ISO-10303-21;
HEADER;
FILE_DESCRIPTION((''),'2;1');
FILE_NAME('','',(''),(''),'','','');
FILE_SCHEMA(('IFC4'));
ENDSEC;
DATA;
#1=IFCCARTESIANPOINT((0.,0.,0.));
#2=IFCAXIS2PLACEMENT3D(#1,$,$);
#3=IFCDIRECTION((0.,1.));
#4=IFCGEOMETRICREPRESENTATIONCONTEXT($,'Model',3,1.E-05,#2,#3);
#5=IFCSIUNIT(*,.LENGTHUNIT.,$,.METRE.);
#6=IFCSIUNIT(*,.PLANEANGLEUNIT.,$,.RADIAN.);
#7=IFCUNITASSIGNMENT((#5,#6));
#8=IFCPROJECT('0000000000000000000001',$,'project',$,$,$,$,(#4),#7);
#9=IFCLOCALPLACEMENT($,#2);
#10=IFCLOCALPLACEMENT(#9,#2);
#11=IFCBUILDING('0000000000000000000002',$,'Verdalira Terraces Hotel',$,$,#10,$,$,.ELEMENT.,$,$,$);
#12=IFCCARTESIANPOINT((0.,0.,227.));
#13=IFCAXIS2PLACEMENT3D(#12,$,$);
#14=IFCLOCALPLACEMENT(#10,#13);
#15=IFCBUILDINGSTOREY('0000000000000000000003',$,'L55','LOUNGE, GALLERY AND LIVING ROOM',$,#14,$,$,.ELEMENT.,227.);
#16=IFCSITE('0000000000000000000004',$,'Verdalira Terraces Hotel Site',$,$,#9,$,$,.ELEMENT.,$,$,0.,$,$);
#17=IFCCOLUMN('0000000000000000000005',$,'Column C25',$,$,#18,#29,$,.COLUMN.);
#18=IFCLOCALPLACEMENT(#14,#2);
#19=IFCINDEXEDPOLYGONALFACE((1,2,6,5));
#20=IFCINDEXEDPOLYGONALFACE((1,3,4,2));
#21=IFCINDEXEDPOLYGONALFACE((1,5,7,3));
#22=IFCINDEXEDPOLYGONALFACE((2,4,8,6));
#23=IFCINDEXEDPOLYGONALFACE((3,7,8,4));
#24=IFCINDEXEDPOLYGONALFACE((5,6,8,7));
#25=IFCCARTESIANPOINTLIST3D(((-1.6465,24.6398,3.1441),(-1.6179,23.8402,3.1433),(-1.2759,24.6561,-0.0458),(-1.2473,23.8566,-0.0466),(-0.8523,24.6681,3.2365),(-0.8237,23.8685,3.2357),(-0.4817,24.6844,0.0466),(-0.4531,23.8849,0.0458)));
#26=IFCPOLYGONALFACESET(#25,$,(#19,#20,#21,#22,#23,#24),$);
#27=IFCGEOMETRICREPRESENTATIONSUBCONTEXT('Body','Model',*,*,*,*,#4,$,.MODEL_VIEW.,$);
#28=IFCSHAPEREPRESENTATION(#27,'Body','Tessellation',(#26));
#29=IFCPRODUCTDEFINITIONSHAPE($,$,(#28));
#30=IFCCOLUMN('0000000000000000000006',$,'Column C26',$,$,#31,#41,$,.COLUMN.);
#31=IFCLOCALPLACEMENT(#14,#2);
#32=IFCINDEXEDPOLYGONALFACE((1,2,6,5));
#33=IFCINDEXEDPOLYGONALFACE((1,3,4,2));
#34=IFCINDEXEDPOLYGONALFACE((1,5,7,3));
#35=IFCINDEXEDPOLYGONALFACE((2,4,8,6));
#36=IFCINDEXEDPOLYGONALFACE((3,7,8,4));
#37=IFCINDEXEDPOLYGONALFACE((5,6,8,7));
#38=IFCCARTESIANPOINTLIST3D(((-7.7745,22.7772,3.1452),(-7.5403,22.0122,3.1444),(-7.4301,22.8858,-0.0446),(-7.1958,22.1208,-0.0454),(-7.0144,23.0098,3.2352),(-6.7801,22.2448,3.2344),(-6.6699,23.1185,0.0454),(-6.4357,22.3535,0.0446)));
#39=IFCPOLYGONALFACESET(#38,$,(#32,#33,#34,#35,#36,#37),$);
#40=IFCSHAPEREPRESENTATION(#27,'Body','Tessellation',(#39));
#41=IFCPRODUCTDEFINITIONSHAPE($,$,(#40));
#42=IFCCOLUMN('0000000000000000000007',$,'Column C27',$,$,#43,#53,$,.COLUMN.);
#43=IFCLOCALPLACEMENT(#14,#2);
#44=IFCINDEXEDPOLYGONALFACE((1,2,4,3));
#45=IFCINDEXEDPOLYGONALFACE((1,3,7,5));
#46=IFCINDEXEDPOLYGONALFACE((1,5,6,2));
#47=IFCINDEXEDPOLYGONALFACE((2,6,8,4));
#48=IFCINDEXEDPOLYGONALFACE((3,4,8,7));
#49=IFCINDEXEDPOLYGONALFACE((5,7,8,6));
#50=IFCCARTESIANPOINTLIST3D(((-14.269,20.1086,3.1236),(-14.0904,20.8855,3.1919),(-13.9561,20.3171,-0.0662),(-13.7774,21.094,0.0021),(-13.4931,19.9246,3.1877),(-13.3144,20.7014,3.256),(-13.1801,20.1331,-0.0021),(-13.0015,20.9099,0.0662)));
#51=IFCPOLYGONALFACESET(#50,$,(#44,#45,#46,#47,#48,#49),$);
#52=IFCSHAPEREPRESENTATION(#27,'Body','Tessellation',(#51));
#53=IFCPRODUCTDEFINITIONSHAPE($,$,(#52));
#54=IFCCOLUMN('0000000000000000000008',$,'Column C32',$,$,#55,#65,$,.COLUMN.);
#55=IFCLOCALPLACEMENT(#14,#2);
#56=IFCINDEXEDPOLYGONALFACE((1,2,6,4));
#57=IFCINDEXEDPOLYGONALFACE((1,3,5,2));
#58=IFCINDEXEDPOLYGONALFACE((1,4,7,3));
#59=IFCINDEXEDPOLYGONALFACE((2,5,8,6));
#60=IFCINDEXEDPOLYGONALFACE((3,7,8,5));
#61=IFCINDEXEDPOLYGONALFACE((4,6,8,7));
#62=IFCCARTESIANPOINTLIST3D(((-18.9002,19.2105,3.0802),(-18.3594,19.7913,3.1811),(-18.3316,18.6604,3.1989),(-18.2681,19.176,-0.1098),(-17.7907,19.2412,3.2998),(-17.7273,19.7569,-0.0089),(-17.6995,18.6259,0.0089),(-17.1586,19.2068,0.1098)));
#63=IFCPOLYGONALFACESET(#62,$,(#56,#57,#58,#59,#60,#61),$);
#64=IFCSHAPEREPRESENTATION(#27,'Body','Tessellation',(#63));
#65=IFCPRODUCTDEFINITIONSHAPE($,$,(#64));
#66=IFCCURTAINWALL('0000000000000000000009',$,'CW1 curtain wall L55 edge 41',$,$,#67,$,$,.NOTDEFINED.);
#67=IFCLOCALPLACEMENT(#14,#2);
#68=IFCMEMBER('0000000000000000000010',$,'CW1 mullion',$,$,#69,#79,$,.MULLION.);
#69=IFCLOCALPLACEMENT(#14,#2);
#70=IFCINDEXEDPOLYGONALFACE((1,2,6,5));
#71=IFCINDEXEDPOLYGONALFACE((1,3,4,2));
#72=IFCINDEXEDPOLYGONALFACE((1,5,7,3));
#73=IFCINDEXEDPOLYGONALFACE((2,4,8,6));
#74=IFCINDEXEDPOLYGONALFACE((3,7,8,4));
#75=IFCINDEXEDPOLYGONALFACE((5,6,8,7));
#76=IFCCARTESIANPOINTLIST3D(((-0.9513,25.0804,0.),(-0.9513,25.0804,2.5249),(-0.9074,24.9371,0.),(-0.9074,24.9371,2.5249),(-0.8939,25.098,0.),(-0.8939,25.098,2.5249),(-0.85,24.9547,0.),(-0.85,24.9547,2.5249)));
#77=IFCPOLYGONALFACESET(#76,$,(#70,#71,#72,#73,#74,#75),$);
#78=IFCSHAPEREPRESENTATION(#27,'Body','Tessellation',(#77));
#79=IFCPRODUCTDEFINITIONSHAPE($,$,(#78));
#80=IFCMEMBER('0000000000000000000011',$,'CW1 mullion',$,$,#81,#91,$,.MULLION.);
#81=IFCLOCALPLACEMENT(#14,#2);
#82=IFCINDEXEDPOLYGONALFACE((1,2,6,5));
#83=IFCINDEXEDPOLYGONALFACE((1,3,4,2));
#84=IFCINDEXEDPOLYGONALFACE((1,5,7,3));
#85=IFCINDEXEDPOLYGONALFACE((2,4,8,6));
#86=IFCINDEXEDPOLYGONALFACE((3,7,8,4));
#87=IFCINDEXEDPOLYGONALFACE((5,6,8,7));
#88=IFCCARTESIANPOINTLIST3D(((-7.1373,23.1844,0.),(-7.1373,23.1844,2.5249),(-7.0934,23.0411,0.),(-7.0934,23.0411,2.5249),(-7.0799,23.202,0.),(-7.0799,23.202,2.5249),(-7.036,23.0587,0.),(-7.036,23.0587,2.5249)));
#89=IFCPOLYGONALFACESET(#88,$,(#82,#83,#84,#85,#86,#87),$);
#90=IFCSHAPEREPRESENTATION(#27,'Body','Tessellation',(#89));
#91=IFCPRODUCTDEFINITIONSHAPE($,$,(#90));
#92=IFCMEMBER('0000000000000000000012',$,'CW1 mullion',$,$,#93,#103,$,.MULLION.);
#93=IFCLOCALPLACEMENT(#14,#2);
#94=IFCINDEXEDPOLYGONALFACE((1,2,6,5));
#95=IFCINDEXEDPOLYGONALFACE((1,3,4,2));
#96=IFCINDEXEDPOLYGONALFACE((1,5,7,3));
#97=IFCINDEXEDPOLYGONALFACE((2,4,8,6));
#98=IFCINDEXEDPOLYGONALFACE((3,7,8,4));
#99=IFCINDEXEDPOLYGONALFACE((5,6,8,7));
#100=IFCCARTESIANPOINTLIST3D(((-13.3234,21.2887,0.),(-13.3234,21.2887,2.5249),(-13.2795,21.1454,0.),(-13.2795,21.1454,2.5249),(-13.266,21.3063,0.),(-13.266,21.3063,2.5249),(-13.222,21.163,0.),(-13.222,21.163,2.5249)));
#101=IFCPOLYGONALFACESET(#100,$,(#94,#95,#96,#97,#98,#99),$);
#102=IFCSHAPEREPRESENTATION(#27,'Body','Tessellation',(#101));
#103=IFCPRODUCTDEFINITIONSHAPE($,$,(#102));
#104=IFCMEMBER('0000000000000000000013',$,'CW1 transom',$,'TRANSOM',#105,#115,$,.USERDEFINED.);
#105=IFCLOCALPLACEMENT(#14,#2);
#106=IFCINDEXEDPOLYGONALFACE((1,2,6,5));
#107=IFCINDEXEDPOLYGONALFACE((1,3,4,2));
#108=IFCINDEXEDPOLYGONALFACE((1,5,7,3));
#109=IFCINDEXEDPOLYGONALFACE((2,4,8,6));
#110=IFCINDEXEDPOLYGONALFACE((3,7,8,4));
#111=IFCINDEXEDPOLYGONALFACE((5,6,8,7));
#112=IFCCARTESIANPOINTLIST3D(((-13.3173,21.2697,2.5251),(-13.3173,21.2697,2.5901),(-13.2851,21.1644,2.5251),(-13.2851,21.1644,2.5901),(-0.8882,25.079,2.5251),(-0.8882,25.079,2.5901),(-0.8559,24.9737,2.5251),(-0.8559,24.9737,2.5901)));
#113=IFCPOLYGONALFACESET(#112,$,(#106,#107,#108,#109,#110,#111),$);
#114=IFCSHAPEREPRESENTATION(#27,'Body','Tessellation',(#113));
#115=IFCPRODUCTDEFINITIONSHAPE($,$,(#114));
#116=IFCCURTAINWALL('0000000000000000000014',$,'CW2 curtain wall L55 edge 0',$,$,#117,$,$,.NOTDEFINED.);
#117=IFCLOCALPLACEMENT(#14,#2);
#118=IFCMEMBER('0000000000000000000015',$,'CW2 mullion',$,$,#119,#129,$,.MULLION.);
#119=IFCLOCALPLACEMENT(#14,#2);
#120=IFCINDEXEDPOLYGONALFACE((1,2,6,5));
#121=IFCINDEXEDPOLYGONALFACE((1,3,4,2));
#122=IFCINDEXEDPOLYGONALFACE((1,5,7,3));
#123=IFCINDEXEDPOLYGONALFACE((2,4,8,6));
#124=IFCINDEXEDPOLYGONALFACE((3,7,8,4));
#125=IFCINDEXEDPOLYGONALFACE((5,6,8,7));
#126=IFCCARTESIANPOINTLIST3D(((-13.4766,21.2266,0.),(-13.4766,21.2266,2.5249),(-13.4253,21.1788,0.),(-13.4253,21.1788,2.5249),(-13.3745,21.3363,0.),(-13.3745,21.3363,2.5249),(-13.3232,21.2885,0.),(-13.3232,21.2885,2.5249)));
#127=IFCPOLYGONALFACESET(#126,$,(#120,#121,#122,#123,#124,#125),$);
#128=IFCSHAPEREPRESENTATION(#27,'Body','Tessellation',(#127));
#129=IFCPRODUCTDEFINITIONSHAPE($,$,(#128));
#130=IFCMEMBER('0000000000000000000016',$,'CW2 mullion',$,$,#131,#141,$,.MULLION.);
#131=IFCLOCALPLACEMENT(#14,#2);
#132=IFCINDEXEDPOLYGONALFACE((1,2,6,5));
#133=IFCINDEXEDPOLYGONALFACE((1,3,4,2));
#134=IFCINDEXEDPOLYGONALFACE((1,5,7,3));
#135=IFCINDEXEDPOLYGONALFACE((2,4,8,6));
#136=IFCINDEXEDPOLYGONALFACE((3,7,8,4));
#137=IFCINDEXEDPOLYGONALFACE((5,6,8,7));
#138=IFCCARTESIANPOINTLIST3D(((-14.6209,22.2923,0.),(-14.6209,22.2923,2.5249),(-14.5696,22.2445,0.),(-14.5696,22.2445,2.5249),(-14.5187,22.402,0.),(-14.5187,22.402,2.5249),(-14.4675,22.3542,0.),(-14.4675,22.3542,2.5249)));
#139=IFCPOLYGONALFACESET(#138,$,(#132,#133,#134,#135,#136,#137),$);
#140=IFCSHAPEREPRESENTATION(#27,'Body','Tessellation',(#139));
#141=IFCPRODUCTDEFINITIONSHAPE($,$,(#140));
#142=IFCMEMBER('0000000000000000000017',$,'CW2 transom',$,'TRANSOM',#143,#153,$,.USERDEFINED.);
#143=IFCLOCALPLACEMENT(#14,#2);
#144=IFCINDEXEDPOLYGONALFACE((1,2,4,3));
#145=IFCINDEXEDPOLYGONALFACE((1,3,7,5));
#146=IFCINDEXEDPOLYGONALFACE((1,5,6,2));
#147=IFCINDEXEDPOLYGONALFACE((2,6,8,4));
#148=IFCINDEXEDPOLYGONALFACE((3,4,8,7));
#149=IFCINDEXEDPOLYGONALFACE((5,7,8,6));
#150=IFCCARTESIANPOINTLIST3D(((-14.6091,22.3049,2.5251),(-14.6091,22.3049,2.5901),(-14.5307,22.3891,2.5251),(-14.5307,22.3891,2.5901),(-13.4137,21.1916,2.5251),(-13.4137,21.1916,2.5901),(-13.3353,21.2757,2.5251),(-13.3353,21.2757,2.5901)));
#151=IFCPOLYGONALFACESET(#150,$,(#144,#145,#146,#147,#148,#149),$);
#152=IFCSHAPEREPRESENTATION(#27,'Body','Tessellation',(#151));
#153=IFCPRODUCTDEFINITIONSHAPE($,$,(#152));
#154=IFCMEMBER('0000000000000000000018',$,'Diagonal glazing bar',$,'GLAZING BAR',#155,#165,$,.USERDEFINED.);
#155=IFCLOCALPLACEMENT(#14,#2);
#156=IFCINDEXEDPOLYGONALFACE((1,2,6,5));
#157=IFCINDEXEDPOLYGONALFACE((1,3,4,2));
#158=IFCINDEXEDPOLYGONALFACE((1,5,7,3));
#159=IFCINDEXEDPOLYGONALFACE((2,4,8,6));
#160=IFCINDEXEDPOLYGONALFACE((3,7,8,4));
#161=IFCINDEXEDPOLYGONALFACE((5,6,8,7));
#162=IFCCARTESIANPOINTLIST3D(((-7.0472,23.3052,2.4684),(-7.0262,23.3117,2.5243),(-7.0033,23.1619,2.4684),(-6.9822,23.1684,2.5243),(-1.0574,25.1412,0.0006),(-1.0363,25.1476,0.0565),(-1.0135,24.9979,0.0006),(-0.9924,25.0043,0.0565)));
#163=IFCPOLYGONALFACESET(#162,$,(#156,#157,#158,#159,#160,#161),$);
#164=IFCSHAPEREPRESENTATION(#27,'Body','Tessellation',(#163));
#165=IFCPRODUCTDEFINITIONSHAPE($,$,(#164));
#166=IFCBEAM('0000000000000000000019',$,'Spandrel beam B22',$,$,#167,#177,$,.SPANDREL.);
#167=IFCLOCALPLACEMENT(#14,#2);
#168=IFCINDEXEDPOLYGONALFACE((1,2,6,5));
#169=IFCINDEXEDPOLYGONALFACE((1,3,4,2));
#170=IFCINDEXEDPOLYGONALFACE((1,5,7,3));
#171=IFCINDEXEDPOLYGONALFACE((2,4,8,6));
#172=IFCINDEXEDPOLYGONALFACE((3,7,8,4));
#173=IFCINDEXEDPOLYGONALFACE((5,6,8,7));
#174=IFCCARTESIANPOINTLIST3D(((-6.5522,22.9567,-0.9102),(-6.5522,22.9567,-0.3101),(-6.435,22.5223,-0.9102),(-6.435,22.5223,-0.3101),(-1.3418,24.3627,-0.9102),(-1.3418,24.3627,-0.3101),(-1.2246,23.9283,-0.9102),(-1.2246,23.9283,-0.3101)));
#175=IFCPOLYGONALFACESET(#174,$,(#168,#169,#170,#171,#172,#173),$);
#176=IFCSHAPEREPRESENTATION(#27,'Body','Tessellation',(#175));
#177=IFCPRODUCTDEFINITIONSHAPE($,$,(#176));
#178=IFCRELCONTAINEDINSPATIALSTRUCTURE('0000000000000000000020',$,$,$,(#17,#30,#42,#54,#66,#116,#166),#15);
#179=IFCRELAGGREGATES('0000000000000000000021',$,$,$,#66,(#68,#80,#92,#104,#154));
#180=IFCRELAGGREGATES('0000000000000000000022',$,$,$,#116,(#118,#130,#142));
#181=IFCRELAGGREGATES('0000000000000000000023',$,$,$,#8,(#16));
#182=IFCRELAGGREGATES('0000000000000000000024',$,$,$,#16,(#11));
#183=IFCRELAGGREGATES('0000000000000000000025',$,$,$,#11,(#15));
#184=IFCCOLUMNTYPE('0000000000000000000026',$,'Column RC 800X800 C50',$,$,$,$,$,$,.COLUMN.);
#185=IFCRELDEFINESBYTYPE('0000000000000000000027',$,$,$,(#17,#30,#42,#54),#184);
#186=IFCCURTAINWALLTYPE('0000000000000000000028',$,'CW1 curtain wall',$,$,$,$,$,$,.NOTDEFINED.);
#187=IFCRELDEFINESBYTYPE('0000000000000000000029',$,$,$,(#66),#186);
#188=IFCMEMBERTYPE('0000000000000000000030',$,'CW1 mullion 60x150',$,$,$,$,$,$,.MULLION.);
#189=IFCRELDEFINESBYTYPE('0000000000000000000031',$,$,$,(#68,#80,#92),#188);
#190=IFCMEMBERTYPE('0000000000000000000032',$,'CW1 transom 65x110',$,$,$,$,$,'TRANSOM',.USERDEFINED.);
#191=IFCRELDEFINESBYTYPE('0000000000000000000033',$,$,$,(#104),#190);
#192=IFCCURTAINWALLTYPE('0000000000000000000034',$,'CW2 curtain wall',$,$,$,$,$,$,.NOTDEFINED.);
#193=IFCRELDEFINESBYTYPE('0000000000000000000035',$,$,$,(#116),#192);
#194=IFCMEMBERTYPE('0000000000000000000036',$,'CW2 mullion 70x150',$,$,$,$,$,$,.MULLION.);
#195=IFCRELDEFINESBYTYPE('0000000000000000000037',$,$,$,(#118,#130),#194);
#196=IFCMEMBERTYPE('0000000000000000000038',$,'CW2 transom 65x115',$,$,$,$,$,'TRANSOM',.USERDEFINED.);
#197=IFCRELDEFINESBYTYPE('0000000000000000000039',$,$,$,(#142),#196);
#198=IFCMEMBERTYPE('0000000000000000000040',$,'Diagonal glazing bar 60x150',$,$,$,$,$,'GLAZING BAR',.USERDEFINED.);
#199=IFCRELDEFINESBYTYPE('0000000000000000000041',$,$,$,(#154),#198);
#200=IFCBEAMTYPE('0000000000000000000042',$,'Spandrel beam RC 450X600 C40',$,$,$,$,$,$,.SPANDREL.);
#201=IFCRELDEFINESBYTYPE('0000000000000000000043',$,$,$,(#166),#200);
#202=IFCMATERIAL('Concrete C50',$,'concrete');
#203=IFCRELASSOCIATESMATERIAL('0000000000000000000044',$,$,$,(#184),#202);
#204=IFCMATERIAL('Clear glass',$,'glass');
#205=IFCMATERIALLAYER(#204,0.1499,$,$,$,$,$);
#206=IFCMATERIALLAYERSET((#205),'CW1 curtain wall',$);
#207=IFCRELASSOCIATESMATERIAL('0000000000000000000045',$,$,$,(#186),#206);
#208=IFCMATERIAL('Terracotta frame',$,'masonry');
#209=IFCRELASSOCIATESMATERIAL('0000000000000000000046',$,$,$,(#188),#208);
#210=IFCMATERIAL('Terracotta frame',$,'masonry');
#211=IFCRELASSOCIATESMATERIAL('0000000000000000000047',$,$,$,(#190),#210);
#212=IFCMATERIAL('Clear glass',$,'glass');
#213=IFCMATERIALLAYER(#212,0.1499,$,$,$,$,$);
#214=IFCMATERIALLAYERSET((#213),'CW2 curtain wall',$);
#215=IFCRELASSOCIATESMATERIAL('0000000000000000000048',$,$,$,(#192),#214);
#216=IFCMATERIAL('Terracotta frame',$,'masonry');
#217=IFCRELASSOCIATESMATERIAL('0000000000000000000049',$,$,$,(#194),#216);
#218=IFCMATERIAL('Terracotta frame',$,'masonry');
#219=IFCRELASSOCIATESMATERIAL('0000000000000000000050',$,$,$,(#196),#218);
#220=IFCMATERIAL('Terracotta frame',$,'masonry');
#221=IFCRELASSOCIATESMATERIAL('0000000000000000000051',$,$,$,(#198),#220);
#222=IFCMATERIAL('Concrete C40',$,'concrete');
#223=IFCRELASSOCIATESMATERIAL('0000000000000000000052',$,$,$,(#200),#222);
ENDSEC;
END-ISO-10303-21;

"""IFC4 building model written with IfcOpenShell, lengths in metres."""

from ifc_helpers import new_model, si_unit, direction, frame, origin, origin_2d, place, context, subcontext, project, spatial, rectangle, extrude, material, layer, layer_set, material_profile, profile_set, type_object, element, aggregate, save


model = new_model("IFC4")

# Units and contexts
model_context = context("Model", 3, precision=1e-05, world=origin(), true_north=direction((0.0, 1.0)))
body_context = subcontext(model_context, "Body", "Model", "MODEL_VIEW")
ifc_project = project(units=[si_unit("LENGTHUNIT", "METRE"), si_unit("PLANEANGLEUNIT", "RADIAN")], contexts=[model_context])

# Site, building, storey
site_placement = place(None, origin())
site = spatial("IfcSite", under=ifc_project, at=site_placement, Name="Verdalira Terraces Hotel Site", CompositionType="ELEMENT", RefElevation=0.0)
building_placement = place(site_placement, origin())
building = spatial("IfcBuilding", under=site, at=building_placement, Name="Verdalira Terraces Hotel", CompositionType="ELEMENT")
storey_placement = place(building_placement, frame((0.0, 0.0, 227.0)))
storey = spatial("IfcBuildingStorey", under=building, at=storey_placement, Name="L55", Description="LOUNGE, GALLERY AND LIVING ROOM", CompositionType="ELEMENT", Elevation=227.0)

# Columns
ifc_material_1 = material(Name="Concrete C50", Category="concrete")
ifc_material_profile_1 = material_profile(ifc_material_1, rectangle(XDim=0.8, YDim=0.8, at=origin_2d()), Name="RC 800X800")
ifc_profile_set_1 = profile_set([ifc_material_profile_1], Name="Concrete C50")
column_type = type_object("IfcColumnType", Name="Column RC 800X800 C50", PredefinedType="COLUMN", material=ifc_profile_set_1)
column_1_placement = place(storey_placement, frame((-0.8645, 24.2705, 0.0), z_axis=(-0.115402, -0.005093, 0.993306), x_axis=(0.992676, 0.035372, 0.11551)))
element("IfcColumn", 1, at=column_1_placement, inside=storey, type_object=column_type, Name="Column C25", PredefinedType="COLUMN", context=body_context, shape_type="SweptSolid", body=[
    extrude(rectangle(XDim=0.8, YDim=0.8, at=origin_2d()), origin(), (0.0, 0.0, 1.0), 3.2114),
])
column_2_placement = place(storey_placement, frame((-6.9329, 22.6196, 0.0), z_axis=(-0.107304, -0.033842, 0.99365), x_axis=(-0.950141, -0.290814, -0.11251)))
element("IfcColumn", 2, at=column_2_placement, inside=storey, type_object=column_type, Name="Column C26", PredefinedType="COLUMN", context=body_context, shape_type="SweptSolid", body=[
    extrude(rectangle(XDim=0.8, YDim=0.8, at=origin_2d()), origin(), (0.0, 0.0, 1.0), 3.2102),
])
column_3_placement = place(storey_placement, frame((-13.4788, 20.6135, 0.0), z_axis=(-0.097442, -0.064911, 0.993122), x_axis=(0.96987, -0.230071, 0.080123)))
element("IfcColumn", 3, at=column_3_placement, inside=storey, type_object=column_type, Name="Column C27", PredefinedType="COLUMN", context=body_context, shape_type="SweptSolid", body=[
    extrude(rectangle(XDim=0.8, YDim=0.8, at=origin_2d()), origin(), (0.0, 0.0, 1.0), 3.2119),
])
column_4_placement = place(storey_placement, frame((-17.7134, 19.1914, 0.0), z_axis=(-0.194358, 0.010585, 0.980874), x_axis=(-0.710791, 0.687601, -0.148262)))
element("IfcColumn", 4, at=column_4_placement, inside=storey, type_object=column_type, Name="Column C32", PredefinedType="COLUMN", context=body_context, shape_type="SweptSolid", body=[
    extrude(rectangle(XDim=0.8, YDim=0.8, at=origin_2d()), origin(), (0.0, 0.0, 1.0), 3.2522),
])

# Curtain walls, members
ifc_material_2 = material(Name="Clear glass", Category="glass")
ifc_layer_1 = layer(ifc_material_2, 0.1499)
ifc_layer_set_1 = layer_set([ifc_layer_1], Name="CW1 curtain wall")
curtain_wall_type_1 = type_object("IfcCurtainWallType", Name="CW1 curtain wall", PredefinedType="NOTDEFINED", material=ifc_layer_set_1)
curtain_wall_1_placement = place(storey_placement, origin())
curtain_wall_1 = element("IfcCurtainWall", 5, at=curtain_wall_1_placement, inside=storey, type_object=curtain_wall_type_1, Name="CW1 curtain wall L55 edge 41", PredefinedType="NOTDEFINED")
ifc_material_3 = material(Name="Terracotta frame", Category="masonry")
ifc_material_profile_2 = material_profile(ifc_material_3, rectangle(XDim=0.0601, YDim=0.1499, at=origin_2d()), Name="MU 60x150")
ifc_profile_set_2 = profile_set([ifc_material_profile_2], Name="Terracotta frame")
member_type_1 = type_object("IfcMemberType", Name="CW1 mullion 60x150", PredefinedType="MULLION", material=ifc_profile_set_2)
member_1_placement = place(storey_placement, frame((-0.9006, 25.0176, 0.0), z_axis=(0.0, 0.0, 1.0), x_axis=(-0.9561, -0.293039, 0.0)))
member_1 = element("IfcMember", 6, at=member_1_placement, type_object=member_type_1, Name="CW1 mullion", PredefinedType="MULLION", context=body_context, shape_type="SweptSolid", body=[
    extrude(rectangle(XDim=0.0601, YDim=0.1499, at=origin_2d()), origin(), (0.0, 0.0, 1.0), 2.5249),
])
member_2_placement = place(storey_placement, frame((-7.0867, 23.1216, 0.0), z_axis=(0.0, 0.0, 1.0), x_axis=(-0.9561, -0.293039, 0.0)))
member_2 = element("IfcMember", 7, at=member_2_placement, type_object=member_type_1, Name="CW1 mullion", PredefinedType="MULLION", context=body_context, shape_type="SweptSolid", body=[
    extrude(rectangle(XDim=0.0601, YDim=0.1499, at=origin_2d()), origin(), (0.0, 0.0, 1.0), 2.5249),
])
member_3_placement = place(storey_placement, frame((-13.2727, 21.2258, 0.0), z_axis=(0.0, 0.0, 1.0), x_axis=(-0.9561, -0.293039, 0.0)))
member_3 = element("IfcMember", 8, at=member_3_placement, type_object=member_type_1, Name="CW1 mullion", PredefinedType="MULLION", context=body_context, shape_type="SweptSolid", body=[
    extrude(rectangle(XDim=0.0601, YDim=0.1499, at=origin_2d()), origin(), (0.0, 0.0, 1.0), 2.5249),
])
ifc_material_4 = material(Name="Terracotta frame", Category="masonry")
ifc_material_profile_3 = material_profile(ifc_material_4, rectangle(XDim=0.1101, YDim=0.0649, at=origin_2d()), Name="TR 65x110")
ifc_profile_set_3 = profile_set([ifc_material_profile_3], Name="Terracotta frame")
member_type_2 = type_object("IfcMemberType", Name="CW1 transom 65x110", ElementType="TRANSOM", PredefinedType="USERDEFINED", material=ifc_profile_set_3)
member_4_placement = place(storey_placement, frame((-0.8721, 25.0264, 2.5576), z_axis=(-0.956104, -0.293029, 0.0), x_axis=(0.293029, -0.956104, 0.0)))
member_4 = element("IfcMember", 9, at=member_4_placement, type_object=member_type_2, Name="CW1 transom", ObjectType="TRANSOM", PredefinedType="USERDEFINED", context=body_context, shape_type="SweptSolid", body=[
    extrude(rectangle(XDim=0.1101, YDim=0.0649, at=origin_2d()), origin(), (0.0, 0.0, 1.0), 12.9998),
])
ifc_material_5 = material(Name="Clear glass", Category="glass")
ifc_layer_2 = layer(ifc_material_5, 0.1499)
ifc_layer_set_2 = layer_set([ifc_layer_2], Name="CW2 curtain wall")
curtain_wall_type_2 = type_object("IfcCurtainWallType", Name="CW2 curtain wall", PredefinedType="NOTDEFINED", material=ifc_layer_set_2)
curtain_wall_2_placement = place(storey_placement, origin())
curtain_wall_2 = element("IfcCurtainWall", 10, at=curtain_wall_2_placement, inside=storey, type_object=curtain_wall_type_2, Name="CW2 curtain wall L55 edge 0", PredefinedType="NOTDEFINED")
ifc_material_6 = material(Name="Terracotta frame", Category="masonry")
ifc_material_profile_4 = material_profile(ifc_material_6, rectangle(XDim=0.0701, YDim=0.1499, at=origin_2d()), Name="MU 70x150")
ifc_profile_set_4 = profile_set([ifc_material_profile_4], Name="Terracotta frame")
member_type_3 = type_object("IfcMemberType", Name="CW2 mullion 70x150", PredefinedType="MULLION", material=ifc_profile_set_4)
member_5_placement = place(storey_placement, frame((-13.3999, 21.2576, 0.0), z_axis=(0.0, 0.0, 1.0), x_axis=(-0.73183, 0.681488, 0.0)))
member_5 = element("IfcMember", 11, at=member_5_placement, type_object=member_type_3, Name="CW2 mullion", PredefinedType="MULLION", context=body_context, shape_type="SweptSolid", body=[
    extrude(rectangle(XDim=0.0701, YDim=0.1499, at=origin_2d()), origin(), (0.0, 0.0, 1.0), 2.5249),
])
member_6_placement = place(storey_placement, frame((-14.5442, 22.3232, 0.0), z_axis=(0.0, 0.0, 1.0), x_axis=(-0.73183, 0.681488, 0.0)))
member_6 = element("IfcMember", 12, at=member_6_placement, type_object=member_type_3, Name="CW2 mullion", PredefinedType="MULLION", context=body_context, shape_type="SweptSolid", body=[
    extrude(rectangle(XDim=0.0701, YDim=0.1499, at=origin_2d()), origin(), (0.0, 0.0, 1.0), 2.5249),
])
ifc_material_7 = material(Name="Terracotta frame", Category="masonry")
ifc_material_profile_5 = material_profile(ifc_material_7, rectangle(XDim=0.115, YDim=0.0649, at=origin_2d()), Name="TR 65x115")
ifc_profile_set_5 = profile_set([ifc_material_profile_5], Name="Terracotta frame")
member_type_4 = type_object("IfcMemberType", Name="CW2 transom 65x115", ElementType="TRANSOM", PredefinedType="USERDEFINED", material=ifc_profile_set_5)
member_7_placement = place(storey_placement, frame((-13.3745, 21.2336, 2.5576), z_axis=(-0.731771, 0.681551, 0.0), x_axis=(-0.681551, -0.731771, 0.0)))
member_7 = element("IfcMember", 13, at=member_7_placement, type_object=member_type_4, Name="CW2 transom", ObjectType="TRANSOM", PredefinedType="USERDEFINED", context=body_context, shape_type="SweptSolid", body=[
    extrude(rectangle(XDim=0.115, YDim=0.0649, at=origin_2d()), origin(), (0.0, 0.0, 1.0), 1.6335),
])

# Member
ifc_material_8 = material(Name="Terracotta frame", Category="masonry")
ifc_material_profile_6 = material_profile(ifc_material_8, rectangle(XDim=0.1499, YDim=0.0601, at=origin_2d()), Name="GB 60x150")
ifc_profile_set_6 = profile_set([ifc_material_profile_6], Name="Terracotta frame")
member_type_5 = type_object("IfcMemberType", Name="Diagonal glazing bar 60x150", ElementType="GLAZING BAR", PredefinedType="USERDEFINED", material=ifc_profile_set_6)
member_8_placement = place(storey_placement, frame((-1.0249, 25.0728, 0.0286), z_axis=(-0.889568, -0.272664, 0.366502), x_axis=(0.293056, -0.956095, 0.0)))
member_8 = element("IfcMember", 14, at=member_8_placement, type_object=member_type_5, Name="Diagonal glazing bar", ObjectType="GLAZING BAR", PredefinedType="USERDEFINED", context=body_context, shape_type="SweptSolid", body=[
    extrude(rectangle(XDim=0.1499, YDim=0.0601, at=origin_2d()), origin(), (0.0, 0.0, 1.0), 6.7334),
])

# Beam
ifc_material_9 = material(Name="Concrete C40", Category="concrete")
ifc_material_profile_7 = material_profile(ifc_material_9, rectangle(XDim=0.45, YDim=0.6001, at=origin_2d()), Name="RC 450X600")
ifc_profile_set_7 = profile_set([ifc_material_profile_7], Name="Concrete C40")
beam_type = type_object("IfcBeamType", Name="Spandrel beam RC 450X600 C40", PredefinedType="SPANDREL", material=ifc_profile_set_7)
beam_1_placement = place(storey_placement, frame((-1.2832, 24.1455, -0.6101), z_axis=(-0.965467, -0.260525, 0.0), x_axis=(0.260525, -0.965467, 0.0)))
element("IfcBeam", 15, at=beam_1_placement, inside=storey, type_object=beam_type, Name="Spandrel beam B22", PredefinedType="SPANDREL", context=body_context, shape_type="SweptSolid", body=[
    extrude(rectangle(XDim=0.45, YDim=0.6001, at=origin_2d()), origin(), (0.0, 0.0, 1.0), 5.3967),
])

aggregate(curtain_wall_1, [member_1, member_2, member_3, member_4, member_8])
aggregate(curtain_wall_2, [member_5, member_6, member_7])

save(model, "model.ifc")
